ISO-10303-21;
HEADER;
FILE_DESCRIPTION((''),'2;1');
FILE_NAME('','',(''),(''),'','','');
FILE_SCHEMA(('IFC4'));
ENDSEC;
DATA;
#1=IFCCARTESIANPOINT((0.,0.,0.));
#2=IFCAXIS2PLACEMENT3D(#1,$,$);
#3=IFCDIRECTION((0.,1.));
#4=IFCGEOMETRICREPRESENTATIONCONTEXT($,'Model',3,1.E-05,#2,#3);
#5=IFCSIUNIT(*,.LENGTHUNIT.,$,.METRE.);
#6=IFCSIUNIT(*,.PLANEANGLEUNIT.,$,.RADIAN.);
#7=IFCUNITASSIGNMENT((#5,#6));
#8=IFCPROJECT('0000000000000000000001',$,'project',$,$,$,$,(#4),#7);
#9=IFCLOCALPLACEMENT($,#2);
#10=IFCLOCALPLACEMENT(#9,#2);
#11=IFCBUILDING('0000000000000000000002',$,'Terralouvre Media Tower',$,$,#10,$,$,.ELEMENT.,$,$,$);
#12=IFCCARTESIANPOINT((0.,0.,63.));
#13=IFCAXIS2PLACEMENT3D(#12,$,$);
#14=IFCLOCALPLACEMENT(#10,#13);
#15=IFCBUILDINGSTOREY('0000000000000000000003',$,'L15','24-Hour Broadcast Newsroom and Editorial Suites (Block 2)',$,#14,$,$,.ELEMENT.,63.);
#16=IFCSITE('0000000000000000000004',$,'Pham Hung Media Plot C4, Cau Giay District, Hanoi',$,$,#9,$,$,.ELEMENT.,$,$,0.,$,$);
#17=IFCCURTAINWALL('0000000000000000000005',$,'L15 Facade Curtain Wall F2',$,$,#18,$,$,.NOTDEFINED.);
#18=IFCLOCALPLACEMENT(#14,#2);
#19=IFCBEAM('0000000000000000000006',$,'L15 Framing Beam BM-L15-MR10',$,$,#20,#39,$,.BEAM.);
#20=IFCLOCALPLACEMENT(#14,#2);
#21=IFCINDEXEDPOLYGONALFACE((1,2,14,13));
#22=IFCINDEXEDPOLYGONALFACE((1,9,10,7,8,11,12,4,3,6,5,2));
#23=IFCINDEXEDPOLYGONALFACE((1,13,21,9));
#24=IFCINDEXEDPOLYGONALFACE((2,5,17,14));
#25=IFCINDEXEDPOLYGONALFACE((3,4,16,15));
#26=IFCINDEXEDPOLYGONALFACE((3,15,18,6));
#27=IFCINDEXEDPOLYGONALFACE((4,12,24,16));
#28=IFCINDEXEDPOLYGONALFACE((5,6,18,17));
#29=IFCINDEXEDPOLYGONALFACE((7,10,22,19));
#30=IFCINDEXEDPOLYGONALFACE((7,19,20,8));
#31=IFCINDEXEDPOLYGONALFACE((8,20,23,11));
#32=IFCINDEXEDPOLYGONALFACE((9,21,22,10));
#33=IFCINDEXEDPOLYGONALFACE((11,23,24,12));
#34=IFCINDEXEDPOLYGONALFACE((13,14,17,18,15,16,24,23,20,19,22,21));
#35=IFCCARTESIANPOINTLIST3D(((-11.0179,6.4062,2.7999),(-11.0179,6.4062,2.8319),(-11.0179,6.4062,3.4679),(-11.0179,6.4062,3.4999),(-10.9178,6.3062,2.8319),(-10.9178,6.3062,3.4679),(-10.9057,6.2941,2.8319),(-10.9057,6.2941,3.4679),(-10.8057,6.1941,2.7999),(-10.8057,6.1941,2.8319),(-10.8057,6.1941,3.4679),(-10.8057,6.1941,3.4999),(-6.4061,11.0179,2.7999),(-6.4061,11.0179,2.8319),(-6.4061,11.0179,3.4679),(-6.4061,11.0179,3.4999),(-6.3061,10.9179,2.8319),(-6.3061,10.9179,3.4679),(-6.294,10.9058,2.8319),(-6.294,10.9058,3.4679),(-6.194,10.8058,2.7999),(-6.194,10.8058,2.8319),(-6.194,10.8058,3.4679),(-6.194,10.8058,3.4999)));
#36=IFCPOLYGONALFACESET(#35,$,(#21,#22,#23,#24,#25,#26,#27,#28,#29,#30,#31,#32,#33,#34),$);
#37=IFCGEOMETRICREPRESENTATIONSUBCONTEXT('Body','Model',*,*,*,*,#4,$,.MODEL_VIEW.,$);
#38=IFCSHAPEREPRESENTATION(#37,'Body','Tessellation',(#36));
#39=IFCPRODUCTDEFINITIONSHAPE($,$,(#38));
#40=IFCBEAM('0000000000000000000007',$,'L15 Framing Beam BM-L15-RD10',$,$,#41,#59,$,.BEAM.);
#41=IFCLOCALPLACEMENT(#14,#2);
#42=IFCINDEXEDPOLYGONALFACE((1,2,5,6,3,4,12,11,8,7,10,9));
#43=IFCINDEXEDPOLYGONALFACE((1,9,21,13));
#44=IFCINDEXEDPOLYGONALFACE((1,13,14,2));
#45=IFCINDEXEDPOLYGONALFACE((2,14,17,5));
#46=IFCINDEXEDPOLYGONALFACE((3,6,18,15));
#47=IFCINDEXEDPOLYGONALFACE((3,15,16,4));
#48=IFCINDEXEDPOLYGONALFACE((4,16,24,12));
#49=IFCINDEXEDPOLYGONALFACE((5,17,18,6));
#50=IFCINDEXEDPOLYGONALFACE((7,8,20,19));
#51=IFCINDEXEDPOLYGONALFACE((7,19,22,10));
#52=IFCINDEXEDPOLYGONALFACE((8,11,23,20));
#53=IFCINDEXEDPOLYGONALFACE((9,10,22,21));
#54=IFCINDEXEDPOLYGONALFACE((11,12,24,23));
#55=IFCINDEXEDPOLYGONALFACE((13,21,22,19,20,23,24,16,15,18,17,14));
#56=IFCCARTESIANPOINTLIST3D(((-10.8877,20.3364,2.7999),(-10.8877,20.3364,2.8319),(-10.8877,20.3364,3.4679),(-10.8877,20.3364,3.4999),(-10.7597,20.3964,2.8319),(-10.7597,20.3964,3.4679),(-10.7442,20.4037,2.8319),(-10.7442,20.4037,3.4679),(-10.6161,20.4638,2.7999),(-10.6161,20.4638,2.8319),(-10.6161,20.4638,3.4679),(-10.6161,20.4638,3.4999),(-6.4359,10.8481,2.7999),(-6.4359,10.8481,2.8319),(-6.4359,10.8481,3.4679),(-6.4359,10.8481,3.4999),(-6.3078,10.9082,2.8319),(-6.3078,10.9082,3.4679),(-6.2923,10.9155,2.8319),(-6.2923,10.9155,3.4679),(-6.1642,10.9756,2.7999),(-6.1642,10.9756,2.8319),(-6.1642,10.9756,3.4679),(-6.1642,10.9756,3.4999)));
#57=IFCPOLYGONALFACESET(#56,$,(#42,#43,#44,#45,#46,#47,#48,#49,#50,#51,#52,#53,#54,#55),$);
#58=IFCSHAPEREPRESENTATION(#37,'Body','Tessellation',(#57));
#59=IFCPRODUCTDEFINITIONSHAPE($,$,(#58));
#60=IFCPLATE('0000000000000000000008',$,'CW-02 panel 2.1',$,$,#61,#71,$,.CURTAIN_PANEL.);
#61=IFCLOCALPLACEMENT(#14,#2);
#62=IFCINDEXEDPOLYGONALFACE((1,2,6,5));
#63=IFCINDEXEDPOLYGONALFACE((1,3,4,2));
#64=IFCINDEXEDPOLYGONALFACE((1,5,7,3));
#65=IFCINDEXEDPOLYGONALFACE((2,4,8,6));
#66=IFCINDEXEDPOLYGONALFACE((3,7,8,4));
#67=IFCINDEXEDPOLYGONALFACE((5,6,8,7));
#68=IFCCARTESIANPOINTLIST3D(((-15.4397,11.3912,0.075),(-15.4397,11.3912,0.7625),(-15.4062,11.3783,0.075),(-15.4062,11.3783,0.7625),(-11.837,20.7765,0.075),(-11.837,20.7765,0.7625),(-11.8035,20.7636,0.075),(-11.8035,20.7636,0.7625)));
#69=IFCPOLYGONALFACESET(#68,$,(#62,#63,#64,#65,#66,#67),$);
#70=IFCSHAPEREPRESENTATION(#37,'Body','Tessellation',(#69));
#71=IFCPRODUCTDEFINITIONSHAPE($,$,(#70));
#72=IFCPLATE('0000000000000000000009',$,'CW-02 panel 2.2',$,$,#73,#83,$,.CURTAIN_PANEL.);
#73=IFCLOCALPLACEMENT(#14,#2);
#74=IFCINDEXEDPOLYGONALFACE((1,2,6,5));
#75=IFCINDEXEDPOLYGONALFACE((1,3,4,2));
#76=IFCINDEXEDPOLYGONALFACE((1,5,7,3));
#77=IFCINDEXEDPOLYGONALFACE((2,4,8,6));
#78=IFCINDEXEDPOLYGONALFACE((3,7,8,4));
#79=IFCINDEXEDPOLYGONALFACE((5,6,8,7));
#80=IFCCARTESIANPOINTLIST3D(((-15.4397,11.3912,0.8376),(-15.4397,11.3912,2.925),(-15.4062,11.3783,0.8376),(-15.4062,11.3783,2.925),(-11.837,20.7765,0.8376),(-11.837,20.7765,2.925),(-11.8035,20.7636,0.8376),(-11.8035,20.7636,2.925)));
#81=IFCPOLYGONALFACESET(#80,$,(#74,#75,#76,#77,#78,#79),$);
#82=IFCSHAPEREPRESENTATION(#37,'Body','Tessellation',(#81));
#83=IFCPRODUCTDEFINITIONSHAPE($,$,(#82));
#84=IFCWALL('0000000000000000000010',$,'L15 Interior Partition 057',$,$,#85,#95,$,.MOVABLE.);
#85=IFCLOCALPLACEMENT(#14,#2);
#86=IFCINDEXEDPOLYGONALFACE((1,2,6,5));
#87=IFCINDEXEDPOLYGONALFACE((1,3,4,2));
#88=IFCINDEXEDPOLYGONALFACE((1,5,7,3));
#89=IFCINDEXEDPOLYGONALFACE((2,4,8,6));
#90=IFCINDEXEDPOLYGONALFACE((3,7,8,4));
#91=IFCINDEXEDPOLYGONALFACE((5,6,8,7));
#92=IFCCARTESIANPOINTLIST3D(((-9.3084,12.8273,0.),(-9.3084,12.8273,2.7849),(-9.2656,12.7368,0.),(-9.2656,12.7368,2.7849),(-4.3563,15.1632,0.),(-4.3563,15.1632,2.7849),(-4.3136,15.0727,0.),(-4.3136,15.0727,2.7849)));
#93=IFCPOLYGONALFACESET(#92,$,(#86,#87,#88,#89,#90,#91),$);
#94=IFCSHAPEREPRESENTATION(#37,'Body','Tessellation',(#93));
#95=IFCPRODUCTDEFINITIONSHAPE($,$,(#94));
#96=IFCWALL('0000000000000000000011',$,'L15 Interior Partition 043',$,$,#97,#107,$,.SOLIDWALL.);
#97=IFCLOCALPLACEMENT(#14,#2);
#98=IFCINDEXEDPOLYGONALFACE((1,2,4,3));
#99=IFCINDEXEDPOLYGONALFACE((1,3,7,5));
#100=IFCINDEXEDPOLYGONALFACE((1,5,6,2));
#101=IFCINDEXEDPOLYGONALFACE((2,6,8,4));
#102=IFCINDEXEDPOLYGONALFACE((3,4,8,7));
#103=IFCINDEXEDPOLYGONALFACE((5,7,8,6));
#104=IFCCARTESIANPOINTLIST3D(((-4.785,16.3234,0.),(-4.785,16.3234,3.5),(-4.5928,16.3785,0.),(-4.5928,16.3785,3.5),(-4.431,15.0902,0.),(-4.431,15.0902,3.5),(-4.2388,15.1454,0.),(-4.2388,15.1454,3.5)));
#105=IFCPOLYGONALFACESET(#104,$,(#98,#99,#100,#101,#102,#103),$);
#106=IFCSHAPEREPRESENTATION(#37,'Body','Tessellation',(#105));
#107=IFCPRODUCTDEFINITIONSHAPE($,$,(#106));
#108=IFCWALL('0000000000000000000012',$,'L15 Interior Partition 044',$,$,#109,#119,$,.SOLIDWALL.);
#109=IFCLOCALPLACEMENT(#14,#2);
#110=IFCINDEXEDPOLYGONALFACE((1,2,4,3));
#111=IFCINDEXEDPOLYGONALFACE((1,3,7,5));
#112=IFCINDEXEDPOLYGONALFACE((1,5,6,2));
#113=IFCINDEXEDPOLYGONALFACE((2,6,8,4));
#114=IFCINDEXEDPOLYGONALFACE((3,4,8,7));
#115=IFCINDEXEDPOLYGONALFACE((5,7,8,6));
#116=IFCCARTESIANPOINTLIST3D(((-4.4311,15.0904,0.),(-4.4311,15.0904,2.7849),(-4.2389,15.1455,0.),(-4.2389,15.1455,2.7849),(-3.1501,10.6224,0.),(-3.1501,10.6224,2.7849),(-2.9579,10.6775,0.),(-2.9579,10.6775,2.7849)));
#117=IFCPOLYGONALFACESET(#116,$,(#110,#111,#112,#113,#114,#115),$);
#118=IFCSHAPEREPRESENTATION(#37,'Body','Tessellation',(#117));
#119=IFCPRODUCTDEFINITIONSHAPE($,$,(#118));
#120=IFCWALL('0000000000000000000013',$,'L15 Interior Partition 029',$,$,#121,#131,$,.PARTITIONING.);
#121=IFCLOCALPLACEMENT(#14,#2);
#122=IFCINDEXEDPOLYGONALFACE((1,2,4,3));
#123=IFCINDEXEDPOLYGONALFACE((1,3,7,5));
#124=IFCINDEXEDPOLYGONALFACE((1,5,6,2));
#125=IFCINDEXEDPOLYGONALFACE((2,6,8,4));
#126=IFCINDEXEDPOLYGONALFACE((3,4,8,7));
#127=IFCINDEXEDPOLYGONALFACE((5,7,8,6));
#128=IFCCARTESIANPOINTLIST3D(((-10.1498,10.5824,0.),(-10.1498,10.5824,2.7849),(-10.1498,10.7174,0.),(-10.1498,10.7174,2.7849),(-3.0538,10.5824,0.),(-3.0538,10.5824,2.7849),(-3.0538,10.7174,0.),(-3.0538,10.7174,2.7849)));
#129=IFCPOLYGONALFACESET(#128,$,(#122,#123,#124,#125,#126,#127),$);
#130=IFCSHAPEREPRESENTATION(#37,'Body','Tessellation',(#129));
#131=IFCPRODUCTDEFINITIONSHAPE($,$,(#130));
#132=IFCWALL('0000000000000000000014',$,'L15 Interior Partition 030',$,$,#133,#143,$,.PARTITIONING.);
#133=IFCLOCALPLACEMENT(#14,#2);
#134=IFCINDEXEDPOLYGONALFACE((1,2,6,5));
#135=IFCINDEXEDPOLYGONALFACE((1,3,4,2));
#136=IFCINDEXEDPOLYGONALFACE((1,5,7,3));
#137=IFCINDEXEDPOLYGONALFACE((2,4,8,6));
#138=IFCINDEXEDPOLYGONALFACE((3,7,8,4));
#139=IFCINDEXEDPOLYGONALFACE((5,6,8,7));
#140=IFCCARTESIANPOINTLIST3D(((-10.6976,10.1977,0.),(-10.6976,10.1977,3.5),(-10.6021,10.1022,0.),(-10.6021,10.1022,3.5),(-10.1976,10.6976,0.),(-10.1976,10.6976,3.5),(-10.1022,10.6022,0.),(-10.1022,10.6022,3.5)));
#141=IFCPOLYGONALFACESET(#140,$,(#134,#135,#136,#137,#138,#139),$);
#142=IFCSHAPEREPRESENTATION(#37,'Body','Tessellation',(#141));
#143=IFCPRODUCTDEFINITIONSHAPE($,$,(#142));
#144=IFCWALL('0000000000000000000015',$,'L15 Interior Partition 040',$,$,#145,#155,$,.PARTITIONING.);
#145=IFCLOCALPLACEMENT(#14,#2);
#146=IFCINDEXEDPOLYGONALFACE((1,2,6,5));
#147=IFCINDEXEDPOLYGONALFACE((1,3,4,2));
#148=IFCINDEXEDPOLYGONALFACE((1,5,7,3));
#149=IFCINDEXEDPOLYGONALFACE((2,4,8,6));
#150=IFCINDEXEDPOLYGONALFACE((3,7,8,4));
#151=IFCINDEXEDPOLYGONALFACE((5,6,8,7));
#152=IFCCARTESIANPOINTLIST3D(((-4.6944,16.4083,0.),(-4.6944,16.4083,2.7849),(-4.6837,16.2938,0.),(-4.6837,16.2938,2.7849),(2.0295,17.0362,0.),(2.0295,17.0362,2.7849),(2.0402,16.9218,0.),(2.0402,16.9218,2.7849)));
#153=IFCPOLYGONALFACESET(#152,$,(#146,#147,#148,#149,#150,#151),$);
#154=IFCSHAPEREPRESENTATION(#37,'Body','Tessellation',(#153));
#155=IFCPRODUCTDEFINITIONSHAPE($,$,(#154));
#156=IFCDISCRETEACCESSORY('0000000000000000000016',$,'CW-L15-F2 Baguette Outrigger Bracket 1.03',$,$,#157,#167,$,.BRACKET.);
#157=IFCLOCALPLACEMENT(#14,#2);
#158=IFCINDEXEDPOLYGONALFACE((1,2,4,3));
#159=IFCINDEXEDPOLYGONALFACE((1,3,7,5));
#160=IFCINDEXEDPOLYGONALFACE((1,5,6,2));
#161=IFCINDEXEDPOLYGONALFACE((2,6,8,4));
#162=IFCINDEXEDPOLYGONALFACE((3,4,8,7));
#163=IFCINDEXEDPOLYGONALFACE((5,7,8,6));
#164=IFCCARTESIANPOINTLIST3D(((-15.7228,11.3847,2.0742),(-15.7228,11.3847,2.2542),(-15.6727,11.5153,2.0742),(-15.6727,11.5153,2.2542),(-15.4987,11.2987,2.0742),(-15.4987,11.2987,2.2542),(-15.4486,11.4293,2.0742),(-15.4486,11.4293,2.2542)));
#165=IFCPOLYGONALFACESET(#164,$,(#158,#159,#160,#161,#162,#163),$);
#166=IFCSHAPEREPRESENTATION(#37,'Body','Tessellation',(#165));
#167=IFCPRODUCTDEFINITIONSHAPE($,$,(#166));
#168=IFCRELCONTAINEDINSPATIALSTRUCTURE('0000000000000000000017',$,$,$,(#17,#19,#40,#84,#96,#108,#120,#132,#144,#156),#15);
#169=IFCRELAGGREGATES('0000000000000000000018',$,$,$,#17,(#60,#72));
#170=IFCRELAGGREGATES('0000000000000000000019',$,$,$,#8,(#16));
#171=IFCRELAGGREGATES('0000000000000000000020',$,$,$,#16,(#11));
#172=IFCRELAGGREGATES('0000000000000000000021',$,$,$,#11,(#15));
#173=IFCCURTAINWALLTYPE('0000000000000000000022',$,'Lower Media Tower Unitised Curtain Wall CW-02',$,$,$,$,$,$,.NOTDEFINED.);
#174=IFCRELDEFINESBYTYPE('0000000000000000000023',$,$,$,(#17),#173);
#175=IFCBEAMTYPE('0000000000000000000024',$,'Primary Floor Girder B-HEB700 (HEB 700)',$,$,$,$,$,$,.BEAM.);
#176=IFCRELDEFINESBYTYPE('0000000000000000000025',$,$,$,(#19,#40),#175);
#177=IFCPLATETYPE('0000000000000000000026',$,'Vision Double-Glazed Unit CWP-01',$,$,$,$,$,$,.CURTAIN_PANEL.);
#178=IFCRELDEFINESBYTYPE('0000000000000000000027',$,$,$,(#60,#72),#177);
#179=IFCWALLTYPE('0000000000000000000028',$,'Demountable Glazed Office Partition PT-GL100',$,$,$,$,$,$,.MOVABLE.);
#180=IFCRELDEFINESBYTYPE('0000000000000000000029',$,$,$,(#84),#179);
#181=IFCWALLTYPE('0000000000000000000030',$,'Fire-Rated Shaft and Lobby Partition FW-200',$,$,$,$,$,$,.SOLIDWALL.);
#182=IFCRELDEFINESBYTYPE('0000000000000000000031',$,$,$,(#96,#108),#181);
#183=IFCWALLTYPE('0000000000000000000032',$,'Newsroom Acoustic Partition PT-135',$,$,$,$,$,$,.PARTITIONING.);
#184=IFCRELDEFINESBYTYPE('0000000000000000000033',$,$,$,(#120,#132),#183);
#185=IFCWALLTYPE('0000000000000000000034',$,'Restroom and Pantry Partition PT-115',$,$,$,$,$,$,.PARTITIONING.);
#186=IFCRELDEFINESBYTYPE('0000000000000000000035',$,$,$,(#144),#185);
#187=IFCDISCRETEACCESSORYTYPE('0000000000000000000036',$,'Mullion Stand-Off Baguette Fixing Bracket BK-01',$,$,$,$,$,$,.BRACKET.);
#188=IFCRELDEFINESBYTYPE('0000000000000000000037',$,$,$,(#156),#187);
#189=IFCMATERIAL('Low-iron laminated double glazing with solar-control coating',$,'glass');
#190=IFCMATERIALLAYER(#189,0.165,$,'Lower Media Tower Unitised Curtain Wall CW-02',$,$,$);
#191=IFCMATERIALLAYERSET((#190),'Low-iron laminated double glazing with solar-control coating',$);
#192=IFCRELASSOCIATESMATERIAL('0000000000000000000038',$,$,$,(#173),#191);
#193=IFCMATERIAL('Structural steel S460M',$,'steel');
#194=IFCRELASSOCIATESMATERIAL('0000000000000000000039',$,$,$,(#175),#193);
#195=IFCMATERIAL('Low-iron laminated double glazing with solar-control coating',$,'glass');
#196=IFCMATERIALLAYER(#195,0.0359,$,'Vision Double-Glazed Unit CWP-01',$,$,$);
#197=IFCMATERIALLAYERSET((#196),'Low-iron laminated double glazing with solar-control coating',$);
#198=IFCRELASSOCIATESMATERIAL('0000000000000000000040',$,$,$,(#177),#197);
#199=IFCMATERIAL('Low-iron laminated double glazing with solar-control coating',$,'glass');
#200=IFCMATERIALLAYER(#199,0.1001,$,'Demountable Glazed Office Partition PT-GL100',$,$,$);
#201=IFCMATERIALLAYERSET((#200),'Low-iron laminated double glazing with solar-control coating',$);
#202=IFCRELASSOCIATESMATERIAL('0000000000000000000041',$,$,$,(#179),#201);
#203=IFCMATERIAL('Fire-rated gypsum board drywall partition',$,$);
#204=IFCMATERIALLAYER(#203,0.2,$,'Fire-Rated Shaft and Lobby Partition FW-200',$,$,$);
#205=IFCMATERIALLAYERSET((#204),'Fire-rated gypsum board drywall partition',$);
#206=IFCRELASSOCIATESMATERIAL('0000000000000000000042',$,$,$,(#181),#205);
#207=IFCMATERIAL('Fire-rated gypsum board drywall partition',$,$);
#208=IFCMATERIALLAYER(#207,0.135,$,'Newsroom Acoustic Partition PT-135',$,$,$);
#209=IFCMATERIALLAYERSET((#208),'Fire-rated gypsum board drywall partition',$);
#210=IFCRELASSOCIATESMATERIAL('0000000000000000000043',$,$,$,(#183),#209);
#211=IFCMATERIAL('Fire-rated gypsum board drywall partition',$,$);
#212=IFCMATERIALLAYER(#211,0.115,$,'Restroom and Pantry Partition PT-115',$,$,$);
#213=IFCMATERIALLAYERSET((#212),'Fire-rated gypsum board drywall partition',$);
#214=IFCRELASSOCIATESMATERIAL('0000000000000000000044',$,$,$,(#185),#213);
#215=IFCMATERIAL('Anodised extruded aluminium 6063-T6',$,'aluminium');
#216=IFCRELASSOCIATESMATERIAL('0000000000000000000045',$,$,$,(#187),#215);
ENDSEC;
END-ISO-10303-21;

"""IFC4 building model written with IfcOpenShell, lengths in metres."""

from ifc_helpers import new_model, si_unit, direction, frame, frame_2d, origin, origin_2d, place, context, subcontext, project, spatial, rectangle, i_section, extrude, material, layer, layer_set, material_profile, profile_set, type_object, element, aggregate, save


model = new_model("IFC4")

# Units and contexts
model_context = context("Model", 3, precision=1e-05, world=origin(), true_north=direction((0.0, 1.0)))
body_context = subcontext(model_context, "Body", "Model", "MODEL_VIEW")
ifc_project = project(units=[si_unit("LENGTHUNIT", "METRE"), si_unit("PLANEANGLEUNIT", "RADIAN")], contexts=[model_context])

# Site, building, storey
site_placement = place(None, origin())
site = spatial("IfcSite", under=ifc_project, at=site_placement, Name="Pham Hung Media Plot C4, Cau Giay District, Hanoi", CompositionType="ELEMENT", RefElevation=0.0)
building_placement = place(site_placement, origin())
building = spatial("IfcBuilding", under=site, at=building_placement, Name="Terralouvre Media Tower", CompositionType="ELEMENT")
storey_placement = place(building_placement, frame((0.0, 0.0, 63.0)))
storey = spatial("IfcBuildingStorey", under=building, at=storey_placement, Name="L15", Description="24-Hour Broadcast Newsroom and Editorial Suites (Block 2)", CompositionType="ELEMENT", Elevation=63.0)

# Curtain wall
ifc_material_1 = material(Name="Low-iron laminated double glazing with solar-control coating", Category="glass")
ifc_layer_1 = layer(ifc_material_1, 0.165, Name="Lower Media Tower Unitised Curtain Wall CW-02")
ifc_layer_set_1 = layer_set([ifc_layer_1], Name="Low-iron laminated double glazing with solar-control coating")
curtain_wall_type = type_object("IfcCurtainWallType", Name="Lower Media Tower Unitised Curtain Wall CW-02", PredefinedType="NOTDEFINED", material=ifc_layer_set_1)
curtain_wall_placement = place(storey_placement, origin())
curtain_wall = element("IfcCurtainWall", 1, at=curtain_wall_placement, inside=storey, type_object=curtain_wall_type, Name="L15 Facade Curtain Wall F2", PredefinedType="NOTDEFINED")

# Beams
ifc_material_2 = material(Name="Structural steel S460M", Category="steel")
ifc_material_profile_1 = material_profile(ifc_material_2, i_section(OverallWidth=0.3, OverallDepth=0.7, WebThickness=0.0171, FlangeThickness=0.032, at=origin_2d()), Name="HEB 700")
ifc_profile_set_1 = profile_set([ifc_material_profile_1], Name="Structural steel S460M")
beam_type_1 = type_object("IfcBeamType", Name="Primary Floor Girder B-HEB700 (HEB 700)", PredefinedType="BEAM", material=ifc_profile_set_1)
beam_1_placement = place(storey_placement, frame((-6.3, 10.9119, 3.1499), z_axis=(-0.707107, -0.707107, 0.0), x_axis=(0.707107, -0.707107, 0.0)))
element("IfcBeam", 2, at=beam_1_placement, inside=storey, type_object=beam_type_1, Name="L15 Framing Beam BM-L15-MR10", PredefinedType="BEAM", context=body_context, shape_type="SweptSolid", body=[
    extrude(i_section(OverallWidth=0.3, OverallDepth=0.7, WebThickness=0.0171, FlangeThickness=0.032, at=origin_2d()), origin(), (0.0, 0.0, 1.0), 6.522),
])
beam_2_placement = place(storey_placement, frame((-6.3, 10.9119, 3.1499), z_axis=(-0.424768, 0.905302, 0.0), x_axis=(-0.905302, -0.424768, 0.0)))
element("IfcBeam", 3, at=beam_2_placement, inside=storey, type_object=beam_type_1, Name="L15 Framing Beam BM-L15-RD10", PredefinedType="BEAM", context=body_context, shape_type="SweptSolid", body=[
    extrude(i_section(OverallWidth=0.3, OverallDepth=0.7, WebThickness=0.0171, FlangeThickness=0.032, at=origin_2d()), origin(), (0.0, 0.0, 1.0), 10.4807),
])

# Plates
ifc_material_3 = material(Name="Low-iron laminated double glazing with solar-control coating", Category="glass")
ifc_layer_2 = layer(ifc_material_3, 0.0359, Name="Vision Double-Glazed Unit CWP-01")
ifc_layer_set_2 = layer_set([ifc_layer_2], Name="Low-iron laminated double glazing with solar-control coating")
plate_type = type_object("IfcPlateType", Name="Vision Double-Glazed Unit CWP-01", PredefinedType="CURTAIN_PANEL", material=ifc_layer_set_2)
plate_1_placement = place(storey_placement, frame((-13.6216, 16.0774, 0.075), z_axis=(0.0, 0.0, 1.0), x_axis=(-0.358368, -0.93358, 0.0)))
plate_1 = element("IfcPlate", 4, at=plate_1_placement, type_object=plate_type, Name="CW-02 panel 2.1", PredefinedType="CURTAIN_PANEL", context=body_context, shape_type="SweptSolid", body=[
    extrude(rectangle(XDim=10.053, YDim=0.0359, at=origin_2d()), origin(), (0.0, 0.0, 1.0), 0.6875),
])
plate_2_placement = place(storey_placement, frame((-13.6216, 16.0774, 0.8376), z_axis=(0.0, 0.0, 1.0), x_axis=(-0.358368, -0.93358, 0.0)))
plate_2 = element("IfcPlate", 5, at=plate_2_placement, type_object=plate_type, Name="CW-02 panel 2.2", PredefinedType="CURTAIN_PANEL", context=body_context, shape_type="SweptSolid", body=[
    extrude(rectangle(XDim=10.053, YDim=0.0359, at=origin_2d()), origin(), (0.0, 0.0, 1.0), 2.0874),
])
aggregate(curtain_wall, [plate_1, plate_2])

# Walls
ifc_material_4 = material(Name="Low-iron laminated double glazing with solar-control coating", Category="glass")
ifc_layer_3 = layer(ifc_material_4, 0.1001, Name="Demountable Glazed Office Partition PT-GL100")
ifc_layer_set_3 = layer_set([ifc_layer_3], Name="Low-iron laminated double glazing with solar-control coating")
wall_type_1 = type_object("IfcWallType", Name="Demountable Glazed Office Partition PT-GL100", PredefinedType="MOVABLE", material=ifc_layer_set_3)
wall_1_placement = place(storey_placement, frame((-9.2871, 12.782, 0.0), z_axis=(0.0, 0.0, 1.0), x_axis=(0.90443, 0.426621, 0.0)))
element("IfcWall", 6, at=wall_1_placement, inside=storey, type_object=wall_type_1, Name="L15 Interior Partition 057", PredefinedType="MOVABLE", context=body_context, shape_type="SweptSolid", body=[
    extrude(rectangle(XDim=5.4753, YDim=0.1001, at=frame_2d((2.7378, 0.0))), origin(), (0.0, 0.0, 1.0), 2.7849),
])
ifc_material_5 = material(Name="Fire-rated gypsum board drywall partition")
ifc_layer_4 = layer(ifc_material_5, 0.2, Name="Fire-Rated Shaft and Lobby Partition FW-200")
ifc_layer_set_4 = layer_set([ifc_layer_4], Name="Fire-rated gypsum board drywall partition")
wall_type_2 = type_object("IfcWallType", Name="Fire-Rated Shaft and Lobby Partition FW-200", PredefinedType="SOLIDWALL", material=ifc_layer_set_4)
wall_2_placement = place(storey_placement, frame((-4.689, 16.3511, 0.0), z_axis=(0.0, 0.0, 1.0), x_axis=(0.275927, -0.961179, 0.0)))
element("IfcWall", 7, at=wall_2_placement, inside=storey, type_object=wall_type_2, Name="L15 Interior Partition 043", PredefinedType="SOLIDWALL", context=body_context, shape_type="SweptSolid", body=[
    extrude(rectangle(XDim=1.283, YDim=0.2, at=frame_2d((0.6416, 0.0))), origin(), (0.0, 0.0, 1.0), 3.5),
])
wall_3_placement = place(storey_placement, frame((-4.335, 15.1179, 0.0), z_axis=(0.0, 0.0, 1.0), x_axis=(0.275602, -0.961272, 0.0)))
element("IfcWall", 8, at=wall_3_placement, inside=storey, type_object=wall_type_2, Name="L15 Interior Partition 044", PredefinedType="SOLIDWALL", context=body_context, shape_type="SweptSolid", body=[
    extrude(rectangle(XDim=4.6479, YDim=0.2, at=frame_2d((2.324, 0.0))), origin(), (0.0, 0.0, 1.0), 2.7849),
])
ifc_material_6 = material(Name="Fire-rated gypsum board drywall partition")
ifc_layer_5 = layer(ifc_material_6, 0.135, Name="Newsroom Acoustic Partition PT-135")
ifc_layer_set_5 = layer_set([ifc_layer_5], Name="Fire-rated gypsum board drywall partition")
wall_type_3 = type_object("IfcWallType", Name="Newsroom Acoustic Partition PT-135", PredefinedType="PARTITIONING", material=ifc_layer_set_5)
wall_4_placement = place(storey_placement, frame((-3.054, 10.6499, 0.0), z_axis=(0.0, 0.0, 1.0), x_axis=(-1.0, 0.0, 0.0)))
element("IfcWall", 9, at=wall_4_placement, inside=storey, type_object=wall_type_3, Name="L15 Interior Partition 029", PredefinedType="PARTITIONING", context=body_context, shape_type="SweptSolid", body=[
    extrude(rectangle(XDim=7.0959, YDim=0.135, at=frame_2d((3.5479, 0.0))), origin(), (0.0, 0.0, 1.0), 2.7849),
])
wall_5_placement = place(storey_placement, frame((-10.1499, 10.6499, 0.0), z_axis=(0.0, 0.0, 1.0), x_axis=(-0.707107, -0.707107, 0.0)))
element("IfcWall", 10, at=wall_5_placement, inside=storey, type_object=wall_type_3, Name="L15 Interior Partition 030", PredefinedType="PARTITIONING", context=body_context, shape_type="SweptSolid", body=[
    extrude(rectangle(XDim=0.707, YDim=0.135, at=frame_2d((0.3535, 0.0))), origin(), (0.0, 0.0, 1.0), 3.5),
])
ifc_material_7 = material(Name="Fire-rated gypsum board drywall partition")
ifc_layer_6 = layer(ifc_material_7, 0.115, Name="Restroom and Pantry Partition PT-115")
ifc_layer_set_6 = layer_set([ifc_layer_6], Name="Fire-rated gypsum board drywall partition")
wall_type_4 = type_object("IfcWallType", Name="Restroom and Pantry Partition PT-115", PredefinedType="PARTITIONING", material=ifc_layer_set_6)
wall_6_placement = place(storey_placement, frame((-4.689, 16.3511, 0.0), z_axis=(0.0, 0.0, 1.0), x_axis=(0.995668, 0.092983, 0.0)))
element("IfcWall", 11, at=wall_6_placement, inside=storey, type_object=wall_type_4, Name="L15 Interior Partition 040", PredefinedType="PARTITIONING", context=body_context, shape_type="SweptSolid", body=[
    extrude(rectangle(XDim=6.7532, YDim=0.115, at=frame_2d((3.3765, 0.0))), origin(), (0.0, 0.0, 1.0), 2.7849),
])

# Discrete accessory
ifc_material_8 = material(Name="Anodised extruded aluminium 6063-T6", Category="aluminium")
discrete_accessory_type = type_object("IfcDiscreteAccessoryType", Name="Mullion Stand-Off Baguette Fixing Bracket BK-01", PredefinedType="BRACKET", material=ifc_material_8)
discrete_accessory_placement = place(storey_placement, frame((-15.5857, 11.407, 2.0742), z_axis=(0.0, 0.0, 1.0), x_axis=(-0.358368, -0.93358, 0.0)))
element("IfcDiscreteAccessory", 12, at=discrete_accessory_placement, inside=storey, type_object=discrete_accessory_type, Name="CW-L15-F2 Baguette Outrigger Bracket 1.03", PredefinedType="BRACKET", context=body_context, shape_type="SweptSolid", body=[
    extrude(rectangle(XDim=0.1399, YDim=0.24, at=origin_2d()), origin(), (0.0, 0.0, 1.0), 0.1799),
])

save(model, "model.ifc")
